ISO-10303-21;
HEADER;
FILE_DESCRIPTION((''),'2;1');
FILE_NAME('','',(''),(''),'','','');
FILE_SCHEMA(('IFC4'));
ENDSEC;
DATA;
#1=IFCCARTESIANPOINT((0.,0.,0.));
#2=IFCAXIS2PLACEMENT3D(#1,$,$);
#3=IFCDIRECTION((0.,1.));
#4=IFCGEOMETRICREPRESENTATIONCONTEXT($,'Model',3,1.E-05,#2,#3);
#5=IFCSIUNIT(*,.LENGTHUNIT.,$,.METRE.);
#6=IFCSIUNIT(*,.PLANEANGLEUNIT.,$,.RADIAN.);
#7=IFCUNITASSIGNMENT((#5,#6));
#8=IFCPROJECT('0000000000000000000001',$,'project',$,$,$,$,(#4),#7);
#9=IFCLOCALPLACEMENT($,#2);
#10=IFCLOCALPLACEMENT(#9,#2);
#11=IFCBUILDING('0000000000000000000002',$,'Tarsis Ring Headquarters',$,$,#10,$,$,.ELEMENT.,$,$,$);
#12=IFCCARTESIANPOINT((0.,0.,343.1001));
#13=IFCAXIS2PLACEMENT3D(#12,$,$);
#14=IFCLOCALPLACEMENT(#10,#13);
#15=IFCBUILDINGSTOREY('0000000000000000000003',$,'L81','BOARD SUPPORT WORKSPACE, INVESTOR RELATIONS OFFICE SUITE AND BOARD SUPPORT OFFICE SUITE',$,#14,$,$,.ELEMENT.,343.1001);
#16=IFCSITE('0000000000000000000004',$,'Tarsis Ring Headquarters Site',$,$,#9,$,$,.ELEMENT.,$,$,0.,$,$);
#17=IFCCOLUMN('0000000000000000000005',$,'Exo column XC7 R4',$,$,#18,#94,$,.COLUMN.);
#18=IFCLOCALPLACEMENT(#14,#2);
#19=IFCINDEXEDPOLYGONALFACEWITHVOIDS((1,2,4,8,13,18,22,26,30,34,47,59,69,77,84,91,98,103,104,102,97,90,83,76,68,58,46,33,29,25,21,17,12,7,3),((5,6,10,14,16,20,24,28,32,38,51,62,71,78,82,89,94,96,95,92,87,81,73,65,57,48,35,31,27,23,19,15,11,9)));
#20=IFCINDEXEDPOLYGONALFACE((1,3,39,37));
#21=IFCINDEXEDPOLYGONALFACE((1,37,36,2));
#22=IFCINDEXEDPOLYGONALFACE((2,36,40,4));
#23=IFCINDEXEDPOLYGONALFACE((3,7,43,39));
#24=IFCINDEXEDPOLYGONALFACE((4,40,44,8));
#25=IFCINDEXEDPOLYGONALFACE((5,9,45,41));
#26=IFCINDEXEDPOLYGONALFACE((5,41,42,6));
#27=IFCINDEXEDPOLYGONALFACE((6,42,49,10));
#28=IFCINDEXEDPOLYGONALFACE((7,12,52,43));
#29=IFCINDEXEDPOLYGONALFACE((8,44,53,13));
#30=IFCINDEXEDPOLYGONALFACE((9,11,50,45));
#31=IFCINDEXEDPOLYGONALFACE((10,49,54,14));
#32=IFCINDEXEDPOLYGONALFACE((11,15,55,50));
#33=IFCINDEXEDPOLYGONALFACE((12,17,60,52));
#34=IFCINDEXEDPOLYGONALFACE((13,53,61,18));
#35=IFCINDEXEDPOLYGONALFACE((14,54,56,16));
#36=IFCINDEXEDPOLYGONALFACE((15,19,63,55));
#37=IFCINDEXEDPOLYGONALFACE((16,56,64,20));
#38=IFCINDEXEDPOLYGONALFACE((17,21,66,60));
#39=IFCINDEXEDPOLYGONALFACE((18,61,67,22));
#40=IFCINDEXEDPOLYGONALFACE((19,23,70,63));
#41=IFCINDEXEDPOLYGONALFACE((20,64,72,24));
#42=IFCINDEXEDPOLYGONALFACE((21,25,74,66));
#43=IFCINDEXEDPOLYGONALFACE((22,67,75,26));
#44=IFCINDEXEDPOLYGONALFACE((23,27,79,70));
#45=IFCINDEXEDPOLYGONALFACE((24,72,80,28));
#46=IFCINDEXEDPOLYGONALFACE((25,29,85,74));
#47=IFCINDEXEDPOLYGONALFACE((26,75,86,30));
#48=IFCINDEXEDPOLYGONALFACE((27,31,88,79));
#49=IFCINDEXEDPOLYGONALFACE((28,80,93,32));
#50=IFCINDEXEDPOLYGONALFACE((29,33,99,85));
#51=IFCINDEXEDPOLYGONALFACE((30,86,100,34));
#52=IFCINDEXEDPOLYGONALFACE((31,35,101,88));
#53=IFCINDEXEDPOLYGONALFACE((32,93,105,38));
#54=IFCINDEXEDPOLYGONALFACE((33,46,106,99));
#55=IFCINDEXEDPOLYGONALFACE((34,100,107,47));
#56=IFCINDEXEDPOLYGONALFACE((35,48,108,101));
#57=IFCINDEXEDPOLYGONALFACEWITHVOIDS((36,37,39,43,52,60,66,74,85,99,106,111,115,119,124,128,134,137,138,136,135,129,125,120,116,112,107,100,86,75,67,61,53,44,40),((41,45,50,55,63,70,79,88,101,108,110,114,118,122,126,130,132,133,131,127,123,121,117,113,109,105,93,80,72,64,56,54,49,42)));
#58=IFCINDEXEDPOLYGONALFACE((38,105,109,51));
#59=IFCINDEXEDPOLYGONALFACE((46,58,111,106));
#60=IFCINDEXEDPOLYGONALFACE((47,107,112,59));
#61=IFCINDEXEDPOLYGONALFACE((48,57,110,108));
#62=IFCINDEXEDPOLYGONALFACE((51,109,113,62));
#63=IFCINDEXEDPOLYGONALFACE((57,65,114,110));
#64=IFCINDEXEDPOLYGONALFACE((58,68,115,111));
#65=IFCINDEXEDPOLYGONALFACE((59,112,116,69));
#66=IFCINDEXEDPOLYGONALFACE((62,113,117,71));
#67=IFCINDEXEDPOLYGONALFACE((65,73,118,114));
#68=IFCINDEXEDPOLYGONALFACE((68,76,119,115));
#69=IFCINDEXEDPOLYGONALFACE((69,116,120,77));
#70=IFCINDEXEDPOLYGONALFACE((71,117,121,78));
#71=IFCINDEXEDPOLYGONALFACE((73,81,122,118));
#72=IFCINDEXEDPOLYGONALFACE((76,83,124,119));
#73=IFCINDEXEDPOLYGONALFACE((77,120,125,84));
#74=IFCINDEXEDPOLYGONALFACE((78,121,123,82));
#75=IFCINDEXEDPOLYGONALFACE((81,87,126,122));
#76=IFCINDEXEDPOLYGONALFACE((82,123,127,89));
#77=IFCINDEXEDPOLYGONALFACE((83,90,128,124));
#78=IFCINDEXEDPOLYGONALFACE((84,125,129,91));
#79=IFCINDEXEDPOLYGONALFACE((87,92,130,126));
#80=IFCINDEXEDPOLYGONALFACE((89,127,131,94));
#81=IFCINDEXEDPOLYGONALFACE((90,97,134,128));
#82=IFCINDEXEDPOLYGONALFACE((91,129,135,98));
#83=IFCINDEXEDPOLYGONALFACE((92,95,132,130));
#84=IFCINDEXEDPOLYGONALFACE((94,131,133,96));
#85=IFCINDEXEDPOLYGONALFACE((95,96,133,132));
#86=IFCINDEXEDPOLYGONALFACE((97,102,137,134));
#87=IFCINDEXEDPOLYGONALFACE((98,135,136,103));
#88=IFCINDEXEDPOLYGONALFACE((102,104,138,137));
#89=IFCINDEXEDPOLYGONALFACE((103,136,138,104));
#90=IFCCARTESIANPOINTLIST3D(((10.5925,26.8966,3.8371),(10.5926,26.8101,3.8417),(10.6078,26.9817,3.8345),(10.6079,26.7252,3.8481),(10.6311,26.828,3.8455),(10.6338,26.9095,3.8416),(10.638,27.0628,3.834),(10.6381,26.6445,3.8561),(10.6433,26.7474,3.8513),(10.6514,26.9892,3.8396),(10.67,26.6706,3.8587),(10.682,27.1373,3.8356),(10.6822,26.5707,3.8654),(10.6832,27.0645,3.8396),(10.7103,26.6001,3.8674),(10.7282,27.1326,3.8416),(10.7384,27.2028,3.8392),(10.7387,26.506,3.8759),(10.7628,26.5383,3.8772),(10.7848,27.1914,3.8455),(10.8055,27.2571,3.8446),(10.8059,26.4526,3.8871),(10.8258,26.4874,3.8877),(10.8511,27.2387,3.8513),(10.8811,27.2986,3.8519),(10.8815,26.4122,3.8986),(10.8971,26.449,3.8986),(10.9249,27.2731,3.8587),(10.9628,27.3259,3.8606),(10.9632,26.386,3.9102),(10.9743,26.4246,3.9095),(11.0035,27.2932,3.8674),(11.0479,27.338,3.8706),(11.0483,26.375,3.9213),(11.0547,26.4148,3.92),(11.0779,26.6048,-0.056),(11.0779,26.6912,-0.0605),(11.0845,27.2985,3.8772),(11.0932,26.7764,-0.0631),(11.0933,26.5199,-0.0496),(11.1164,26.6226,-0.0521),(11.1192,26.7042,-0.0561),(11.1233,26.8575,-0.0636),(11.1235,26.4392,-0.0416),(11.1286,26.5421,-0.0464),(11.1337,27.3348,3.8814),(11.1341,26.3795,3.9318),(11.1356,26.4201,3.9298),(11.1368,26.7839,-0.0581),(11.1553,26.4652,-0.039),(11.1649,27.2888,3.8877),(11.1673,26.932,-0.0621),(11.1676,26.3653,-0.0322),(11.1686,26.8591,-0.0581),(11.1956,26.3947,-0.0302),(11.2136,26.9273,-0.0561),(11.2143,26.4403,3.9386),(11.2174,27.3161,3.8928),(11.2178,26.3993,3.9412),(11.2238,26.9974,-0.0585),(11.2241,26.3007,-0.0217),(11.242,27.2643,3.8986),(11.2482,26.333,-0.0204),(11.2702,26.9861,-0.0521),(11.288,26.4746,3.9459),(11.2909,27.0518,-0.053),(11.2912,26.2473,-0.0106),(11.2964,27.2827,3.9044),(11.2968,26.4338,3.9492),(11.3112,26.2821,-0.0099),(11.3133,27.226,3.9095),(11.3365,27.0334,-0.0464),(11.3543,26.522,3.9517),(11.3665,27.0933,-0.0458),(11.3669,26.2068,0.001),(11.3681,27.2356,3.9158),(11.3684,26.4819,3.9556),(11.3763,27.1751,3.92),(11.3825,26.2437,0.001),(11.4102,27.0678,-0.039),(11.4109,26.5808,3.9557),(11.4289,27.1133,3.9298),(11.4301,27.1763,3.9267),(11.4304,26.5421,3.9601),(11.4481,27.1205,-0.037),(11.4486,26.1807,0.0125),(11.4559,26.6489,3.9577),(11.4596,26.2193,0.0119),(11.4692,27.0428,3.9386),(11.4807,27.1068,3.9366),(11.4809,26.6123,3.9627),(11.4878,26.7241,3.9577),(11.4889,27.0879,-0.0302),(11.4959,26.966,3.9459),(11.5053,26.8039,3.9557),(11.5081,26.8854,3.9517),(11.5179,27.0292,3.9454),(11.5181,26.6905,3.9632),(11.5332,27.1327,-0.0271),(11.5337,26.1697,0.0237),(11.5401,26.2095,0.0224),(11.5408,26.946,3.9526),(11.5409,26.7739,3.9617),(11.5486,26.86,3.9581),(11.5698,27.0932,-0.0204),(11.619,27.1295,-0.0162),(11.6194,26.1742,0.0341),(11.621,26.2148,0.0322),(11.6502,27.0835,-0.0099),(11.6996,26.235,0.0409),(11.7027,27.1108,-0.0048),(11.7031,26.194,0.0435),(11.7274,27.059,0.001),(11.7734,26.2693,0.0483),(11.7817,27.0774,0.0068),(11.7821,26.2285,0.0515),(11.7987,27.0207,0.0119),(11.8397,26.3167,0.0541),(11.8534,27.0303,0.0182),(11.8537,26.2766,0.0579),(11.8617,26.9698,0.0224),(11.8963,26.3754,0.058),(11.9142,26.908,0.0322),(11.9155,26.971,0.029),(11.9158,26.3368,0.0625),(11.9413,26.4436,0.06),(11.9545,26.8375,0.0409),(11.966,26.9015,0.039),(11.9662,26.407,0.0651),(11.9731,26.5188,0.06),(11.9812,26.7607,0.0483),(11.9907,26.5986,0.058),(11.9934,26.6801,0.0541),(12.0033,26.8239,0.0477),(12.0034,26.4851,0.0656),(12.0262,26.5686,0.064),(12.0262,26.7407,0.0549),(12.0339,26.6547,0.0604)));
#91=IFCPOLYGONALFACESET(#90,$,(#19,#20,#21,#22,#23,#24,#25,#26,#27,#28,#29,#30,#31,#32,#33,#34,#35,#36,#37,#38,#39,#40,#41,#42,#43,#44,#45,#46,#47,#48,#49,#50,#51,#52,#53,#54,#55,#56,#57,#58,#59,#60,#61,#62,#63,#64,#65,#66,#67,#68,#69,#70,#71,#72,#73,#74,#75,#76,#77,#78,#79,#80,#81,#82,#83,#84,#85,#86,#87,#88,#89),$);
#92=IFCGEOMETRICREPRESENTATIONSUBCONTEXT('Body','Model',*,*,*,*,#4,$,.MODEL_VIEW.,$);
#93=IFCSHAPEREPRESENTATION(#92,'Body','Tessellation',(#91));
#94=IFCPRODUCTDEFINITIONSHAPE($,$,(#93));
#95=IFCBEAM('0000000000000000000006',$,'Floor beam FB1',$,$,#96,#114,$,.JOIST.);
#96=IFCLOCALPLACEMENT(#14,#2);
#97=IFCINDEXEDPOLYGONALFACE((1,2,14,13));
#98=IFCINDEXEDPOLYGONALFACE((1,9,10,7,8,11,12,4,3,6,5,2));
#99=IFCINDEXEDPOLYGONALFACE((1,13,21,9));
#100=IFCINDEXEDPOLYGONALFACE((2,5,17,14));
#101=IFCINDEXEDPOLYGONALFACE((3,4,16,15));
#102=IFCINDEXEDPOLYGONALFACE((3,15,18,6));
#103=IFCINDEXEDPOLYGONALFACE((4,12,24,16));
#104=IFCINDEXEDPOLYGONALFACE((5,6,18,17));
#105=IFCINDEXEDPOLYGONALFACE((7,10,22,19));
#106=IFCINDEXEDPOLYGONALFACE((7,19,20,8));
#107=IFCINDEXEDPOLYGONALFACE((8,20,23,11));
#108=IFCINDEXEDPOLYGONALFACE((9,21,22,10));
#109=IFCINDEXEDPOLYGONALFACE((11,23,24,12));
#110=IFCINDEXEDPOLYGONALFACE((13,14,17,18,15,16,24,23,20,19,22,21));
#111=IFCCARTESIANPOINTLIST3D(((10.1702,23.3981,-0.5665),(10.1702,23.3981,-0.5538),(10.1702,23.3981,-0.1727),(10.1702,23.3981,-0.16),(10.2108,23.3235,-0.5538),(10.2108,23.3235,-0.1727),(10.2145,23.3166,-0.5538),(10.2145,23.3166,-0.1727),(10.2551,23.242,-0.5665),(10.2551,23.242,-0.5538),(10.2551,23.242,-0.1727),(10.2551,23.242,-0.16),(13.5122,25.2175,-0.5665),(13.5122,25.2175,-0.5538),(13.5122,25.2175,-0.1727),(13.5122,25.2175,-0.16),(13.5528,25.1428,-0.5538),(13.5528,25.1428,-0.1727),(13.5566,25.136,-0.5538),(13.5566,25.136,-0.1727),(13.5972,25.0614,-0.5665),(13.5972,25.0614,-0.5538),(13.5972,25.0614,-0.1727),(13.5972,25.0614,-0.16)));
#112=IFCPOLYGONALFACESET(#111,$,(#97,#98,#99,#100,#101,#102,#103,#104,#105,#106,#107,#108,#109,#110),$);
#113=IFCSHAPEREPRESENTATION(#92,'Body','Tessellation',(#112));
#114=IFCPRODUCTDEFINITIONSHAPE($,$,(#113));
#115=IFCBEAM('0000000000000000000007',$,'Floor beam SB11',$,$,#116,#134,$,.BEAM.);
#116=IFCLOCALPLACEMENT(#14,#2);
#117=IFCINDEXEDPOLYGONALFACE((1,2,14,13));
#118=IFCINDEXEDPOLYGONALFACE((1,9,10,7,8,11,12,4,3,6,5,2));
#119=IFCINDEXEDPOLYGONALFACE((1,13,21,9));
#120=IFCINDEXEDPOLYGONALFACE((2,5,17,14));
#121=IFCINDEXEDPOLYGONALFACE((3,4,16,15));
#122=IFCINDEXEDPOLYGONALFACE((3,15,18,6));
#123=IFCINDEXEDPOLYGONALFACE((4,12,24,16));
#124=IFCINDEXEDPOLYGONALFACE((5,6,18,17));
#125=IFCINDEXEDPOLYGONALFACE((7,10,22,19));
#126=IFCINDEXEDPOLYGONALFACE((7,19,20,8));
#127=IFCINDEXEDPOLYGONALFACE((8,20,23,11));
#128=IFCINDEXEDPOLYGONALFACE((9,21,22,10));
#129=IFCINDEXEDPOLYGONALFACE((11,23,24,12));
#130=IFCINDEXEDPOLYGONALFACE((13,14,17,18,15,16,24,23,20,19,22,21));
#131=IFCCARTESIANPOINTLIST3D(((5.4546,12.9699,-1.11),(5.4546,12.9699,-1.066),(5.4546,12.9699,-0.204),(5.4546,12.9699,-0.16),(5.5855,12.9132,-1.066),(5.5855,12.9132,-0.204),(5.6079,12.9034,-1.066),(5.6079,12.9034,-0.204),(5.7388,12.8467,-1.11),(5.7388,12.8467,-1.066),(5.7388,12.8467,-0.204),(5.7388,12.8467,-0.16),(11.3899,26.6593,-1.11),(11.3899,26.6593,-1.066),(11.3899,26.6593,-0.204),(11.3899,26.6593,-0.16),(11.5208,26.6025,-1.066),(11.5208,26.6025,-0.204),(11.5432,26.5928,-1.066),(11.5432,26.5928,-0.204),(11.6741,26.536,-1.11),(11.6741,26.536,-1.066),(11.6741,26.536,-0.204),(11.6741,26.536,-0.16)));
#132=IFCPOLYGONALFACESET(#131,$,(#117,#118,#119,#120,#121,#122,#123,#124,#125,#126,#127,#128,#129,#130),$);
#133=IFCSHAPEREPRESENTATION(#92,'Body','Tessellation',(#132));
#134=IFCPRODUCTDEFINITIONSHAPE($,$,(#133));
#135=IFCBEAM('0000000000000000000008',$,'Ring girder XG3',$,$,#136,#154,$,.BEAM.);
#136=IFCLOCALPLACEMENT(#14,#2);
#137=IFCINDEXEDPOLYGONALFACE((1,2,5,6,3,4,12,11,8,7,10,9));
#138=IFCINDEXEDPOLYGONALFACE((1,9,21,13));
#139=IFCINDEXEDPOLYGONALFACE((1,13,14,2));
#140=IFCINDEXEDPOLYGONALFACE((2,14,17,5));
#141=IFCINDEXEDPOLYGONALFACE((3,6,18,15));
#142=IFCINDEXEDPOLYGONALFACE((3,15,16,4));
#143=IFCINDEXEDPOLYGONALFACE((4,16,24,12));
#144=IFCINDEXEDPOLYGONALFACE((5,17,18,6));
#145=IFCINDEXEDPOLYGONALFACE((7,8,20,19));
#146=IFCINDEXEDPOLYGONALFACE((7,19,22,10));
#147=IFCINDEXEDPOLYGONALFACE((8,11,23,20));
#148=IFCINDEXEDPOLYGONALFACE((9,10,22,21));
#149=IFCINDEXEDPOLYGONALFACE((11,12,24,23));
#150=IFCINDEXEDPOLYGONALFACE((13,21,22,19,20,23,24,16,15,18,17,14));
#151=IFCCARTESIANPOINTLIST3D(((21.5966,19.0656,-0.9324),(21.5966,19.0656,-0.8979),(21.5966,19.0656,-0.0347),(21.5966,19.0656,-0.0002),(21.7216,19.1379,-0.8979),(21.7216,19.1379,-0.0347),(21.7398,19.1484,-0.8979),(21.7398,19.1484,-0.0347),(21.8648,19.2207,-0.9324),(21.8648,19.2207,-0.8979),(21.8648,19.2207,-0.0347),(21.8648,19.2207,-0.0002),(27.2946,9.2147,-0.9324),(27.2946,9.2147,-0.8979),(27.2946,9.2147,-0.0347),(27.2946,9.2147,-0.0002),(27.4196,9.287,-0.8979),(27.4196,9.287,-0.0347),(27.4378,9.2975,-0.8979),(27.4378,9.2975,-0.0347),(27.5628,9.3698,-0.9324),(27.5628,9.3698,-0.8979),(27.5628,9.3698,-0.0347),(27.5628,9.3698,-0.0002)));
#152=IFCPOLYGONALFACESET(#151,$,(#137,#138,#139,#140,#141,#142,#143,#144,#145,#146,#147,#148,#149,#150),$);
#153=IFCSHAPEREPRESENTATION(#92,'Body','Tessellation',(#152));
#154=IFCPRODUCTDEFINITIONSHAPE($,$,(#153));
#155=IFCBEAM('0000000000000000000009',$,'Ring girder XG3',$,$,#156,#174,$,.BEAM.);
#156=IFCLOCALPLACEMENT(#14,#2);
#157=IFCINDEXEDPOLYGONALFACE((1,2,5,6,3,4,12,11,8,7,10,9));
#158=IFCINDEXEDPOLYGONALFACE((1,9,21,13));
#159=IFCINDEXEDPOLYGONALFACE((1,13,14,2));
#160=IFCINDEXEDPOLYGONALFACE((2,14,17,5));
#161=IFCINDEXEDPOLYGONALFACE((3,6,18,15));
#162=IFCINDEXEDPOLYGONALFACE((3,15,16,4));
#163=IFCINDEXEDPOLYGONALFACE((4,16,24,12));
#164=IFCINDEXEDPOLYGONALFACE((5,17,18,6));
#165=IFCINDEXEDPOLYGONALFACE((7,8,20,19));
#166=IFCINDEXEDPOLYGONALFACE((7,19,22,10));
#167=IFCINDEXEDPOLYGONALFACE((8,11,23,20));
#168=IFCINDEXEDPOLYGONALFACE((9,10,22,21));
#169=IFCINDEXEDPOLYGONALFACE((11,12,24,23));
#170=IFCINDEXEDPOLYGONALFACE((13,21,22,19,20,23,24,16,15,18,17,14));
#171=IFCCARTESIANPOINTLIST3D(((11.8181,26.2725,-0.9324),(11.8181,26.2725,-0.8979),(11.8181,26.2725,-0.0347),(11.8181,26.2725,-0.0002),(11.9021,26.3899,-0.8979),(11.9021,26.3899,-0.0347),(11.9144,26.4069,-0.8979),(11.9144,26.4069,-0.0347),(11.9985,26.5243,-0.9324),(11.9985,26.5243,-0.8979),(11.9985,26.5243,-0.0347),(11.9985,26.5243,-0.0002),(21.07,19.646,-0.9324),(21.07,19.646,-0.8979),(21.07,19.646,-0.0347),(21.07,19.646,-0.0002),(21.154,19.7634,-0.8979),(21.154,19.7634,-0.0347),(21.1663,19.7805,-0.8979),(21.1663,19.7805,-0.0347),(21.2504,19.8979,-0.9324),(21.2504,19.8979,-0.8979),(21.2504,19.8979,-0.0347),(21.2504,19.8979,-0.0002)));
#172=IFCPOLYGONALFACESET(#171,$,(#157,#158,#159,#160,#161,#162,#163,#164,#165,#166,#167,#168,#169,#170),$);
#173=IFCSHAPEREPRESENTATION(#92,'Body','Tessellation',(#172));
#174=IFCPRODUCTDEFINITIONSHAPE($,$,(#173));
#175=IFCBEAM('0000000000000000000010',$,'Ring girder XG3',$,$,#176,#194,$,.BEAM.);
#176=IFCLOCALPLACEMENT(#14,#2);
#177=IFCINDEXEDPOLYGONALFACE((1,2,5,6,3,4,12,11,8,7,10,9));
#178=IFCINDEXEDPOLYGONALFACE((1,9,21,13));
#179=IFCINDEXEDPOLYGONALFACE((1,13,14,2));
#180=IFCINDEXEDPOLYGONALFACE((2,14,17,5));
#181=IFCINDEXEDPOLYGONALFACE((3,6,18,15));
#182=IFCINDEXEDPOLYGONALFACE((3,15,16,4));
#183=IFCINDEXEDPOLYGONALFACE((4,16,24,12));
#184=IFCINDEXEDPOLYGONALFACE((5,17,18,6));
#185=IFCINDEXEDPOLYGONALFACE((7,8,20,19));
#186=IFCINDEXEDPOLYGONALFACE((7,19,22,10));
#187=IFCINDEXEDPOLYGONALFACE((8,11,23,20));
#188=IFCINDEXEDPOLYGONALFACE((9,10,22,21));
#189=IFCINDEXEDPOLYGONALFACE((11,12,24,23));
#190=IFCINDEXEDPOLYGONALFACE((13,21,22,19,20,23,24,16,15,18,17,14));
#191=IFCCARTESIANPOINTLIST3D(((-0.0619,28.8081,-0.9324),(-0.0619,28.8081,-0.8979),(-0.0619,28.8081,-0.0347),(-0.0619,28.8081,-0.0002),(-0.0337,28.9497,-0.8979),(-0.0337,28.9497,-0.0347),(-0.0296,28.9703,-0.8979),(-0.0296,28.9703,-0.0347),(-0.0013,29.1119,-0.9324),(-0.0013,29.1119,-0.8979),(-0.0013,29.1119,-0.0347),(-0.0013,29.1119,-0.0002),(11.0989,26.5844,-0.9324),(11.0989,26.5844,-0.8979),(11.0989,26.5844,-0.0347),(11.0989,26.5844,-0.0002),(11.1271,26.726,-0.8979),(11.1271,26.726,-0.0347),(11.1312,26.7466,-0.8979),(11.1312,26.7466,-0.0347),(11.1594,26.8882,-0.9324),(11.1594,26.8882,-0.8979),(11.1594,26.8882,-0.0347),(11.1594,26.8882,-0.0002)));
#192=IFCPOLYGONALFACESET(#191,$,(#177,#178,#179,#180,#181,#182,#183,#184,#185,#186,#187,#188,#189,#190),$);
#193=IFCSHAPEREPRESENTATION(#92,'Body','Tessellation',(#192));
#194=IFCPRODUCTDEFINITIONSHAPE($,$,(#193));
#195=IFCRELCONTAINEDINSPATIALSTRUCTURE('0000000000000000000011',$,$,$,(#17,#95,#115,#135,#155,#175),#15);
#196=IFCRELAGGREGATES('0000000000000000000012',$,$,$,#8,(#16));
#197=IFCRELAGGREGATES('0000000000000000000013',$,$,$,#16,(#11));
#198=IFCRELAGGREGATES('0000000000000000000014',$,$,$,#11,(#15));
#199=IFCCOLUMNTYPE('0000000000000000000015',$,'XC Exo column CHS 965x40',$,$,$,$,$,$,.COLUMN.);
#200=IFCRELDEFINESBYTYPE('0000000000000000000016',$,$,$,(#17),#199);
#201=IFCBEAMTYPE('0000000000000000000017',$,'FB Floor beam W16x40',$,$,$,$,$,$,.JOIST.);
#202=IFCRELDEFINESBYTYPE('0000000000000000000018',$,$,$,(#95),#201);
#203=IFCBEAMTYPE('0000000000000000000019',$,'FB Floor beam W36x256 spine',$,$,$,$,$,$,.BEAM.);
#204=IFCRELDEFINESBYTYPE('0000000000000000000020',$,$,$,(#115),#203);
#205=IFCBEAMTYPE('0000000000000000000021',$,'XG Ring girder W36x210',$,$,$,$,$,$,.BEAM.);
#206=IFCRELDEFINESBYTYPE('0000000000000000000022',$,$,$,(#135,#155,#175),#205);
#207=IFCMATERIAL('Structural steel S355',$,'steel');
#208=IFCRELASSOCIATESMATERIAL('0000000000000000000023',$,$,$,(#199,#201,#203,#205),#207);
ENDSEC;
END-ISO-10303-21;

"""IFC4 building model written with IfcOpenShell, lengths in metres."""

from ifc_helpers import new_model, si_unit, direction, frame, origin, origin_2d, place, context, subcontext, project, spatial, hollow_circle, i_section, extrude, material, material_profile, profile_set, type_object, element, save


model = new_model("IFC4")

# Units and contexts
model_context = context("Model", 3, precision=1e-05, world=origin(), true_north=direction((0.0, 1.0)))
body_context = subcontext(model_context, "Body", "Model", "MODEL_VIEW")
ifc_project = project(units=[si_unit("LENGTHUNIT", "METRE"), si_unit("PLANEANGLEUNIT", "RADIAN")], contexts=[model_context])

# Site, building, storey
site_placement = place(None, origin())
site = spatial("IfcSite", under=ifc_project, at=site_placement, Name="Tarsis Ring Headquarters Site", CompositionType="ELEMENT", RefElevation=0.0)
building_placement = place(site_placement, origin())
building = spatial("IfcBuilding", under=site, at=building_placement, Name="Tarsis Ring Headquarters", CompositionType="ELEMENT")
storey_placement = place(building_placement, frame((0.0, 0.0, 343.1001)))
storey = spatial("IfcBuildingStorey", under=building, at=storey_placement, Name="L81", Description="BOARD SUPPORT WORKSPACE, INVESTOR RELATIONS OFFICE SUITE AND BOARD SUPPORT OFFICE SUITE", CompositionType="ELEMENT", Elevation=343.1001)

# Column
ifc_material_1 = material(Name="Structural steel S355", Category="steel")
ifc_material_profile_1 = material_profile(ifc_material_1, hollow_circle(Radius=0.4827, WallThickness=0.04, at=origin_2d()), Name="CHS 965x40")
ifc_profile_set_1 = profile_set([ifc_material_profile_1], Name="Structural steel S355")
column_type = type_object("IfcColumnType", Name="XC Exo column CHS 965x40", PredefinedType="COLUMN", material=ifc_profile_set_1)
for number, where, z_axis, x_axis, name in (
    (1, (11.5549, 26.6514, 0.001), (-0.1234, 0.052203, 0.990983), (-0.38961, -0.92098, 0.0), "Exo column XC7 R4"),
):
    element("IfcColumn", number, at=place(storey_placement, frame(where, z_axis=z_axis, x_axis=x_axis)), inside=storey, type_object=column_type, Name=name, PredefinedType="COLUMN", context=body_context, shape_type="SweptSolid", body=[
        extrude(hollow_circle(Radius=0.4827, WallThickness=0.04, at=origin_2d()), origin(), (0.0, 0.0, 1.0), 3.9331),
    ])

# Beams
ifc_material_profile_2 = material_profile(ifc_material_1, i_section(OverallWidth=0.1777, OverallDepth=0.4065, WebThickness=0.0078, FlangeThickness=0.0127, at=origin_2d()), Name="W16x40")
ifc_profile_set_2 = profile_set([ifc_material_profile_2], Name="Structural steel S355")
beam_type_1 = type_object("IfcBeamType", Name="FB Floor beam W16x40", PredefinedType="JOIST", material=ifc_profile_set_2)
beam_1_placement = place(storey_placement, frame((10.2126, 23.3201, -0.3633), z_axis=(0.878292, 0.478124, 0.0), x_axis=(-0.478124, 0.878292, 0.0)))
element("IfcBeam", 2, at=beam_1_placement, inside=storey, type_object=beam_type_1, Name="Floor beam FB1", PredefinedType="JOIST", context=body_context, shape_type="SweptSolid", body=[
    extrude(i_section(OverallWidth=0.1777, OverallDepth=0.4065, WebThickness=0.0078, FlangeThickness=0.0127, at=origin_2d()), origin(), (0.0, 0.0, 1.0), 3.8052),
])
ifc_material_profile_3 = material_profile(ifc_material_1, i_section(OverallWidth=0.3098, OverallDepth=0.95, WebThickness=0.0244, FlangeThickness=0.0439, at=origin_2d()), Name="W36x256")
ifc_profile_set_3 = profile_set([ifc_material_profile_3], Name="Structural steel S355")
beam_type_2 = type_object("IfcBeamType", Name="FB Floor beam W36x256 spine", PredefinedType="BEAM", material=ifc_profile_set_3)
beam_2_placement = place(storey_placement, frame((11.532, 26.5977, -0.635), z_axis=(-0.397788, -0.917477, 0.0), x_axis=(0.917477, -0.397788, 0.0)))
element("IfcBeam", 3, at=beam_2_placement, inside=storey, type_object=beam_type_2, Name="Floor beam SB11", PredefinedType="BEAM", context=body_context, shape_type="SweptSolid", body=[
    extrude(i_section(OverallWidth=0.3098, OverallDepth=0.95, WebThickness=0.0244, FlangeThickness=0.0439, at=origin_2d()), origin(), (0.0, 0.0, 1.0), 14.9207),
])
ifc_material_profile_4 = material_profile(ifc_material_1, i_section(OverallWidth=0.3098, OverallDepth=0.9321, WebThickness=0.021, FlangeThickness=0.0344, at=origin_2d()), Name="W36x210")
ifc_profile_set_4 = profile_set([ifc_material_profile_4], Name="Structural steel S355")
beam_type_3 = type_object("IfcBeamType", Name="XG Ring girder W36x210", PredefinedType="BEAM", material=ifc_profile_set_4)
for number, where, z_axis, x_axis, name in (
    (4, (27.4287, 9.2922, -0.4663), (-0.5007, 0.865621, 0.0), (-0.865621, -0.5007, 0.0), "Ring girder XG3"),
    (5, (21.1602, 19.772, -0.4663), (-0.812988, 0.582281, 0.0), (-0.582281, -0.812988, 0.0), "Ring girder XG3"),
    (6, (11.1292, 26.7363, -0.4663), (-0.980724, 0.195398, 0.0), (-0.195398, -0.980724, 0.0), "Ring girder XG3"),
):
    element("IfcBeam", number, at=place(storey_placement, frame(where, z_axis=z_axis, x_axis=x_axis)), inside=storey, type_object=beam_type_3, Name=name, PredefinedType="BEAM", context=body_context, shape_type="SweptSolid", body=[
        extrude(i_section(OverallWidth=0.3098, OverallDepth=0.9321, WebThickness=0.021, FlangeThickness=0.0344, at=origin_2d()), origin(), (0.0, 0.0, 1.0), 11.3801),
    ])

save(model, "model.ifc")
